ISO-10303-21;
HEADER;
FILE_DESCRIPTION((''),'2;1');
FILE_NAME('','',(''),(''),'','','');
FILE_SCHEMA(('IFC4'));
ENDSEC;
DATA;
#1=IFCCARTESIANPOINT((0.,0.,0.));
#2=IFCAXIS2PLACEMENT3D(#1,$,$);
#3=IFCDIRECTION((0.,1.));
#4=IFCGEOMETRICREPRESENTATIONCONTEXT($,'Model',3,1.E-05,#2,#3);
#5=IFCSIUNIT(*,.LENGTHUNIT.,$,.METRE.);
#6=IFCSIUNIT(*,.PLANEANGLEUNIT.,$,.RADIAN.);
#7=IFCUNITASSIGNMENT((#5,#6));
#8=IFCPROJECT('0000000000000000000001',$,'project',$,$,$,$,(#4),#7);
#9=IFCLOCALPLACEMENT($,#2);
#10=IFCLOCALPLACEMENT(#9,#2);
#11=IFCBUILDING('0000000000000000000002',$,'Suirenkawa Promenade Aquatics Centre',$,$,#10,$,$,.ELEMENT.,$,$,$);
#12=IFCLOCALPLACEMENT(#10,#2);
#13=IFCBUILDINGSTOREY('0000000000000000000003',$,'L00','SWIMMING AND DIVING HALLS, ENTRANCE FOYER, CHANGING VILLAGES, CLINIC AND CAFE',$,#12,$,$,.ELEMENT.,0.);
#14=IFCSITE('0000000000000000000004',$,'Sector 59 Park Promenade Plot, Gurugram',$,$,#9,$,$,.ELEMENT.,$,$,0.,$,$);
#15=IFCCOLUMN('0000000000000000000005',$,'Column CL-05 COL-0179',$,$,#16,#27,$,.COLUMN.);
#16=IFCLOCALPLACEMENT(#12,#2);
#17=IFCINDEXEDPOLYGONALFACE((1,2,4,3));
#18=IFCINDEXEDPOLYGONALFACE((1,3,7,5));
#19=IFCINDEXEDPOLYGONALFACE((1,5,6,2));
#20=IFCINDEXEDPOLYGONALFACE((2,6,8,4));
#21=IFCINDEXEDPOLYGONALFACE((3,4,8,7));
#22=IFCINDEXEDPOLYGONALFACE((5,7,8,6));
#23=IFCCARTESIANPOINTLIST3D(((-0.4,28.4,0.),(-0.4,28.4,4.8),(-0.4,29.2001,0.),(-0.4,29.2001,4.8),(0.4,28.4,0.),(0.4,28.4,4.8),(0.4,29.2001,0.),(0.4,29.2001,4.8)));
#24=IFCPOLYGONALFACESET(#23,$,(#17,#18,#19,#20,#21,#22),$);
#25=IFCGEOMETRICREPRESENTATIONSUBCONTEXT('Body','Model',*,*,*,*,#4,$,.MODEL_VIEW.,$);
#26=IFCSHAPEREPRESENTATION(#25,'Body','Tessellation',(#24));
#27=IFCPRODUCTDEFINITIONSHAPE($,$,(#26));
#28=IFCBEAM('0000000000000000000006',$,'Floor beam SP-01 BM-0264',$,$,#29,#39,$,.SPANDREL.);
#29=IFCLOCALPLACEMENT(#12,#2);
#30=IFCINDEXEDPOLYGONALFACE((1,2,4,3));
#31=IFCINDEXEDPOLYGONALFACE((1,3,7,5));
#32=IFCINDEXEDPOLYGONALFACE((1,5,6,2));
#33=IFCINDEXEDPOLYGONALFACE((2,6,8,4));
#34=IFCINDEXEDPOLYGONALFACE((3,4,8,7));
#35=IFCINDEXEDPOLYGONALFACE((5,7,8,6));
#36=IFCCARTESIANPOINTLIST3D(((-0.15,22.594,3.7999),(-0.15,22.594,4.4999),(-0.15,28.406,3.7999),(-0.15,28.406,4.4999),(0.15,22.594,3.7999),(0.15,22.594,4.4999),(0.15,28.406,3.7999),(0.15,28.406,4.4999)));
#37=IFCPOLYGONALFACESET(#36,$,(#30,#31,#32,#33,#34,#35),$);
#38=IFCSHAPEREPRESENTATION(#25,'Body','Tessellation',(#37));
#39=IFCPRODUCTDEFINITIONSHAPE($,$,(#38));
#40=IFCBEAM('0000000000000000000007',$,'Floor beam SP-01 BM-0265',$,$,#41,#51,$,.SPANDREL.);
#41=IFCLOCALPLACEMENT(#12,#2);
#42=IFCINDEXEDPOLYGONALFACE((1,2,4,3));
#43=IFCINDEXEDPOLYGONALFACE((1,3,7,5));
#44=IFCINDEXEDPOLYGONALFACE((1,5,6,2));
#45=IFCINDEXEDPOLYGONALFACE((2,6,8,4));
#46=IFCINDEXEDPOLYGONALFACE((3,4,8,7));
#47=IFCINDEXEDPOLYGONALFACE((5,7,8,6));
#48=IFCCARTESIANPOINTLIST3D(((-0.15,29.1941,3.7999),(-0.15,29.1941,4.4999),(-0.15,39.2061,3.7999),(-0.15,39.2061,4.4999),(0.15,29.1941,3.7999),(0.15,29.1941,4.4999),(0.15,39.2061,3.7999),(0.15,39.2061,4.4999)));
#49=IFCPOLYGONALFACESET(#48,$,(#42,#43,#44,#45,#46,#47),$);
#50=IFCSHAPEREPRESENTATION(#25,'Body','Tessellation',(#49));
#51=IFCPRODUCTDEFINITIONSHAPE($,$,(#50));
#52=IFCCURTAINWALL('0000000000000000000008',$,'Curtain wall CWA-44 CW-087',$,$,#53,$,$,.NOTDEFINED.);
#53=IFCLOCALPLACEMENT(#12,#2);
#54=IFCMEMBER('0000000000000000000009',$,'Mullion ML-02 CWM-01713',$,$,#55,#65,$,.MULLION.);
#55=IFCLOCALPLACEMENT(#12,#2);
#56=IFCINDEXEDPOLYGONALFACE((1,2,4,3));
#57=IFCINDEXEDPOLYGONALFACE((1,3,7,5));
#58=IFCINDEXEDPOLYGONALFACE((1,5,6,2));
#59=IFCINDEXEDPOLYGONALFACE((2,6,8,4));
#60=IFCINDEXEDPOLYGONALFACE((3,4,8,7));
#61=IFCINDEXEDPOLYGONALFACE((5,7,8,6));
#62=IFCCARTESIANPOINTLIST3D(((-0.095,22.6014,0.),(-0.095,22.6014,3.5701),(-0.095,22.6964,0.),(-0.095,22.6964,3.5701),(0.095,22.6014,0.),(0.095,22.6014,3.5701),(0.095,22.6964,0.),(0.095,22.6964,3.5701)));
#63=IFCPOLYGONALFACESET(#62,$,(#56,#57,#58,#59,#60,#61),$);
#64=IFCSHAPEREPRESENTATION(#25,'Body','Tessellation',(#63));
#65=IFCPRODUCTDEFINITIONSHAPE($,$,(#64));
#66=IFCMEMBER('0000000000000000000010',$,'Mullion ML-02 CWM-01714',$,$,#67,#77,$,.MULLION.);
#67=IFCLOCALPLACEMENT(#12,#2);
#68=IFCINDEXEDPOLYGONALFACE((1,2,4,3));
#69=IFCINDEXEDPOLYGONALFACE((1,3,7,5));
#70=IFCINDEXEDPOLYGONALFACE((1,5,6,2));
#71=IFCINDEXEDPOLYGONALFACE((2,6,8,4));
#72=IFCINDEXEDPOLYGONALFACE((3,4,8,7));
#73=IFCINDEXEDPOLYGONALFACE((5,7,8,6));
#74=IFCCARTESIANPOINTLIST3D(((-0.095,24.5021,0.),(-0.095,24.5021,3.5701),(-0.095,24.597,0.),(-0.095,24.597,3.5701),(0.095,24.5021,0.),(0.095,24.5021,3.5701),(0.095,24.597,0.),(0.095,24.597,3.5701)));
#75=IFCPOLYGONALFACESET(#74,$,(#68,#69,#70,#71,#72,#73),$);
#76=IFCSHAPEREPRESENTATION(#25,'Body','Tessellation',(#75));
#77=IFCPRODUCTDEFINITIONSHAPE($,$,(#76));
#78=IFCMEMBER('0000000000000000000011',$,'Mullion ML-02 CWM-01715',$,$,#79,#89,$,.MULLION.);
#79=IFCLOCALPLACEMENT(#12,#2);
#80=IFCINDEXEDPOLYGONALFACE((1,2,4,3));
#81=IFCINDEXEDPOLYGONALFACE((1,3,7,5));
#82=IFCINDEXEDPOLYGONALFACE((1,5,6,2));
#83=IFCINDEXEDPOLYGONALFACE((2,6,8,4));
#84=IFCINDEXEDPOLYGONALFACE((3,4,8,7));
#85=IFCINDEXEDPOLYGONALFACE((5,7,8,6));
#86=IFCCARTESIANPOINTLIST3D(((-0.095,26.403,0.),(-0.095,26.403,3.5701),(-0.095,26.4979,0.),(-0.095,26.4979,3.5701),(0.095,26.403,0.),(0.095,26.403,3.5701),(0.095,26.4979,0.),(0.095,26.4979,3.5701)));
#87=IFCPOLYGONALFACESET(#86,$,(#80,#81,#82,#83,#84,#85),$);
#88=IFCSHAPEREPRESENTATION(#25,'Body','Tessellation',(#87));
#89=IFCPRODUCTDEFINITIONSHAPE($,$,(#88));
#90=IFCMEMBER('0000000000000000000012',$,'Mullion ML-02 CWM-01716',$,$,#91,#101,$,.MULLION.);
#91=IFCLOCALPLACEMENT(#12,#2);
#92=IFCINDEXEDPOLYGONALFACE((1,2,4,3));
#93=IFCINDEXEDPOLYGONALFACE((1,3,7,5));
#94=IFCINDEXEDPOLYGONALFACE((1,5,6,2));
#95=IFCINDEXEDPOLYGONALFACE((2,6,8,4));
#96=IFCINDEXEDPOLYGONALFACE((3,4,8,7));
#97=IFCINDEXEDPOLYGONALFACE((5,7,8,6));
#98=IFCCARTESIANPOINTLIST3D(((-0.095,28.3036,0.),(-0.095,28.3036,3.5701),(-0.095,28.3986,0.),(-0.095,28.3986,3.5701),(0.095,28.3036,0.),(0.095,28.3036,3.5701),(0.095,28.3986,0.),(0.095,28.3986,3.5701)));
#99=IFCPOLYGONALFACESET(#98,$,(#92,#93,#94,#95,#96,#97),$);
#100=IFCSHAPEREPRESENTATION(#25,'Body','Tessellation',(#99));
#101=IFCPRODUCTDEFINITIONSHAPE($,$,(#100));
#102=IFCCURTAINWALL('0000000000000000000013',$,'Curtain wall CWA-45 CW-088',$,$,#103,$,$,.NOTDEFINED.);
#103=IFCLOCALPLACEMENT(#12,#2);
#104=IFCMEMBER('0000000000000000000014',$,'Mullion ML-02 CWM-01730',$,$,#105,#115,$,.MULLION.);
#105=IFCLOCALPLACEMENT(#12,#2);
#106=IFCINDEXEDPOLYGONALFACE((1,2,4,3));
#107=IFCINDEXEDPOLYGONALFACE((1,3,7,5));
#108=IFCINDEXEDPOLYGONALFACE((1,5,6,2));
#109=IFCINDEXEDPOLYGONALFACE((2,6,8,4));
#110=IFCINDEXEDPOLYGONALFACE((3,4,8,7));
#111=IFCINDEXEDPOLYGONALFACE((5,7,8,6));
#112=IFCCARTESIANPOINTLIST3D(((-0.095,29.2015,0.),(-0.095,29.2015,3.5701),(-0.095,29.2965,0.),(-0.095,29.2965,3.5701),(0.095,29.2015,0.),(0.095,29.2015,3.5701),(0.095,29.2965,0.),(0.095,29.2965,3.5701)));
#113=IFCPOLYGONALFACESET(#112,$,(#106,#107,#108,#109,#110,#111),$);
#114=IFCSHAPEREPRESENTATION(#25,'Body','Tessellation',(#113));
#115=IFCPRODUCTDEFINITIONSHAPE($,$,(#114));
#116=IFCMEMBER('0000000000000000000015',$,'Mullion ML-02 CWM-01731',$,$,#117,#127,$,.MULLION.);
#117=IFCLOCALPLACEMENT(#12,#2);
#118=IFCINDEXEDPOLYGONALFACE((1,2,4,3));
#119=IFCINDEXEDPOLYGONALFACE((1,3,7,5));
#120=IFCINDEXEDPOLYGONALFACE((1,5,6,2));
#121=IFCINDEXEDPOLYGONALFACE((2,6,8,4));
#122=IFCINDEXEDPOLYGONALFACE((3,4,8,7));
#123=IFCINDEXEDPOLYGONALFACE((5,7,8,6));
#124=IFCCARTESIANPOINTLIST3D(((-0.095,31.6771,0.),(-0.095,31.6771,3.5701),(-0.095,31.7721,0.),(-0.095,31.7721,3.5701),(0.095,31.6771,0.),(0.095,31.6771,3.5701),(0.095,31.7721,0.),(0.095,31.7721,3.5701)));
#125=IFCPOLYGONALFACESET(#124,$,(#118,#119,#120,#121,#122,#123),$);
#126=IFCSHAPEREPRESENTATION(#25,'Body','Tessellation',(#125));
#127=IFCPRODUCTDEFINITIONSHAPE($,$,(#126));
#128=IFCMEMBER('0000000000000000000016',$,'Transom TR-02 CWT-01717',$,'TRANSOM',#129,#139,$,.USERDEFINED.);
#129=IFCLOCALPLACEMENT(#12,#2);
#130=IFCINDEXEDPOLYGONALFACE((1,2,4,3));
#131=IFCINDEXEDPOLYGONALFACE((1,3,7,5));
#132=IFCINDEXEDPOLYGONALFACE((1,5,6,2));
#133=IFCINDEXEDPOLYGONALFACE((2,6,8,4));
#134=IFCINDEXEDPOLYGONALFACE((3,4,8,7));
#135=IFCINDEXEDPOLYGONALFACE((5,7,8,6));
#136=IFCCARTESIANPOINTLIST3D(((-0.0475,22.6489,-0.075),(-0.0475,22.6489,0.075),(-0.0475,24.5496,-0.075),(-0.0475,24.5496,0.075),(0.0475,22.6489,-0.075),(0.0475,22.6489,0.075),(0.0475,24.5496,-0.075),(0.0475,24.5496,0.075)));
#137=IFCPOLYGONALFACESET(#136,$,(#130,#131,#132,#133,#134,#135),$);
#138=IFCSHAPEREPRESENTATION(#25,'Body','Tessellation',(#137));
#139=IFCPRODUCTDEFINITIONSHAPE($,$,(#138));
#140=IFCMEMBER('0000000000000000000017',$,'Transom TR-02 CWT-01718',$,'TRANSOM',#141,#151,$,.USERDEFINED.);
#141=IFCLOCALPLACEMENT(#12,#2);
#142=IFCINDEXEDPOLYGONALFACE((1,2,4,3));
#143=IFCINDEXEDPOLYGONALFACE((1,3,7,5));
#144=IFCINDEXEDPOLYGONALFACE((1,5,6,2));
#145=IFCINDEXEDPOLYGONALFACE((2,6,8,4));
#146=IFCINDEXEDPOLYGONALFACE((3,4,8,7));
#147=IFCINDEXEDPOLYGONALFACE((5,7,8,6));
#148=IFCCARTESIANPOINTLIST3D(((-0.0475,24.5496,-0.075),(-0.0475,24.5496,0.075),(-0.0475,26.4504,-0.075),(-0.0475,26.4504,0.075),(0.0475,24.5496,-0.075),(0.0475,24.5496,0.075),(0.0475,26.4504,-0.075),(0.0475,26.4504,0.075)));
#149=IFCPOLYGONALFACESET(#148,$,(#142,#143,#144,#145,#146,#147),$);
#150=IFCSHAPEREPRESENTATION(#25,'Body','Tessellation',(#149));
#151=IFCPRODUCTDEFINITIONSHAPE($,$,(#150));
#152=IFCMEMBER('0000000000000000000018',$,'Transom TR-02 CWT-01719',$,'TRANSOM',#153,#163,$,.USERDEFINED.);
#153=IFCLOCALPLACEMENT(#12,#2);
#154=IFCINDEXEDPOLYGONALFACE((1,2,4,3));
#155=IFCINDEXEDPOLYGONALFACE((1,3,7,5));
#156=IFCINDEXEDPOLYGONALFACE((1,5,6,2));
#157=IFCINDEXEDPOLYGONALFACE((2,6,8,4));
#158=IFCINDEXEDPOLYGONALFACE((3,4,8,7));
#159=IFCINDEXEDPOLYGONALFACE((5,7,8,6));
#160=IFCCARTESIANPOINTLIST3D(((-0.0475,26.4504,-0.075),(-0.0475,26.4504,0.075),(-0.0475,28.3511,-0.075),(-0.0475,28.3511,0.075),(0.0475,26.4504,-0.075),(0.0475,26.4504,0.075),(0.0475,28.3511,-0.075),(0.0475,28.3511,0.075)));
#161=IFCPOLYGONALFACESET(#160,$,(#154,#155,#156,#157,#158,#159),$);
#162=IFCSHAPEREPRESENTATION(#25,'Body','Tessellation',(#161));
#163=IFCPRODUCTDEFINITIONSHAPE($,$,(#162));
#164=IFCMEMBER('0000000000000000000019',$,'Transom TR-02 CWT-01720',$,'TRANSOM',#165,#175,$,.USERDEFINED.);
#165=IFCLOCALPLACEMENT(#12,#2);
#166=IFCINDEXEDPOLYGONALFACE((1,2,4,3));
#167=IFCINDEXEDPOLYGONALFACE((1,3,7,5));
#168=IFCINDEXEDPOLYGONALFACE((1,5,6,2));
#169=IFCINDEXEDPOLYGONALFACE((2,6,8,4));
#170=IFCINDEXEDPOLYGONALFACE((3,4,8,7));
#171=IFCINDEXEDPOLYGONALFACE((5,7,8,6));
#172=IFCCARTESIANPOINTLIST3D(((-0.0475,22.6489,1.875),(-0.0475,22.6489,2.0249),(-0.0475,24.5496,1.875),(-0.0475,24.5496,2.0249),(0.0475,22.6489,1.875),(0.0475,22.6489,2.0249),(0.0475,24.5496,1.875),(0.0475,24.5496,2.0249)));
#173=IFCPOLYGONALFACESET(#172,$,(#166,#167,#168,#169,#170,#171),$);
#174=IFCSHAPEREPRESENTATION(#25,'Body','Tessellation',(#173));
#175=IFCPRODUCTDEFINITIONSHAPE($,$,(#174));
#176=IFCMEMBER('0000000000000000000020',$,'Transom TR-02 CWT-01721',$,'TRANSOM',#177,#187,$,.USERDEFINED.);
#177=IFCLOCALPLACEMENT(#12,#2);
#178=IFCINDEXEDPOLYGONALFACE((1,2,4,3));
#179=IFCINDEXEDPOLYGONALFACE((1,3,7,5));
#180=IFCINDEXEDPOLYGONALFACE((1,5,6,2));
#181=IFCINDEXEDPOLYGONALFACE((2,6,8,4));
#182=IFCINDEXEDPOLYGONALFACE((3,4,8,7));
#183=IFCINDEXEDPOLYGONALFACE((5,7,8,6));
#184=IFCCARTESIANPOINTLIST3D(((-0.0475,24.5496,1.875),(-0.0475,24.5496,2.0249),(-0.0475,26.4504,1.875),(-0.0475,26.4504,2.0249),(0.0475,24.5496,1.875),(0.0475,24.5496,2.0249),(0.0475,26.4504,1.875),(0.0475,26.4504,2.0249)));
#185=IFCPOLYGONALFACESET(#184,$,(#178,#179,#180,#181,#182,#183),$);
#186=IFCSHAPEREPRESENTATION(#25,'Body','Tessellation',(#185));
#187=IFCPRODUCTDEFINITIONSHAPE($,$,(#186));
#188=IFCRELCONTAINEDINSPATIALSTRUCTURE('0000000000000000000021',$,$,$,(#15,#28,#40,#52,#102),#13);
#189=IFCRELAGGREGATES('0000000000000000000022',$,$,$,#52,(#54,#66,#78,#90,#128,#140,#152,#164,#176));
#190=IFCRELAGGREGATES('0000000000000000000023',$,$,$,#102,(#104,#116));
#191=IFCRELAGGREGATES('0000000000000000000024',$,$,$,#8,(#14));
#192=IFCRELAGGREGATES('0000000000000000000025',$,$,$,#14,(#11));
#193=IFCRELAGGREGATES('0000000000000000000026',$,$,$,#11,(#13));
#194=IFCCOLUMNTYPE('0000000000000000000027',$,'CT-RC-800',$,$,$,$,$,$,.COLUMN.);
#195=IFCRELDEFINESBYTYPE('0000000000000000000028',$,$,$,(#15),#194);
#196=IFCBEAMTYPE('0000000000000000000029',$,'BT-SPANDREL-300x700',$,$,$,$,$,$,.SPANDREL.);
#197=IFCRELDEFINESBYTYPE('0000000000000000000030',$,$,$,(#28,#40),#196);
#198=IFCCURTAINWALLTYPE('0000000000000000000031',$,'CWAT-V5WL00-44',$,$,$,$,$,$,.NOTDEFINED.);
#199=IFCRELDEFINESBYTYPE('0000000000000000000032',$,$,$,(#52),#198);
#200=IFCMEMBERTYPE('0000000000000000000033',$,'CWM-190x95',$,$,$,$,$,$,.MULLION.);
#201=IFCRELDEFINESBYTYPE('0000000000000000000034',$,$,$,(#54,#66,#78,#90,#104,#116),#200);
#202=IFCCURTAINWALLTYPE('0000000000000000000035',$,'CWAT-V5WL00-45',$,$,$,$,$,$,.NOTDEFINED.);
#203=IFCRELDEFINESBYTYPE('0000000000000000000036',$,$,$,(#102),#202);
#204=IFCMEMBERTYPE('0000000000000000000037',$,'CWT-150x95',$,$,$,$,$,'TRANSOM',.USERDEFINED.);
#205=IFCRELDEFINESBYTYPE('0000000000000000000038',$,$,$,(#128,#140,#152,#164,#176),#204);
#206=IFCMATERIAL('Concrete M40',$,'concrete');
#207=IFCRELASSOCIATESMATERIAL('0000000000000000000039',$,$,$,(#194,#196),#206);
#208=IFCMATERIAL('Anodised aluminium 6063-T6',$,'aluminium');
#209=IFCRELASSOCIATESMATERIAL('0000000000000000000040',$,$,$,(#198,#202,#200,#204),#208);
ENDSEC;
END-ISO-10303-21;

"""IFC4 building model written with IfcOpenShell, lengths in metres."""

from ifc_helpers import new_model, si_unit, direction, frame, origin, origin_2d, place, context, subcontext, project, spatial, rectangle, extrude, material, material_profile, profile_set, type_object, element, aggregate, save


model = new_model("IFC4")

# Units and contexts
model_context = context("Model", 3, precision=1e-05, world=origin(), true_north=direction((0.0, 1.0)))
body_context = subcontext(model_context, "Body", "Model", "MODEL_VIEW")
ifc_project = project(units=[si_unit("LENGTHUNIT", "METRE"), si_unit("PLANEANGLEUNIT", "RADIAN")], contexts=[model_context])

# Site, building, storey
site_placement = place(None, origin())
site = spatial("IfcSite", under=ifc_project, at=site_placement, Name="Sector 59 Park Promenade Plot, Gurugram", CompositionType="ELEMENT", RefElevation=0.0)
building_placement = place(site_placement, origin())
building = spatial("IfcBuilding", under=site, at=building_placement, Name="Suirenkawa Promenade Aquatics Centre", CompositionType="ELEMENT")
storey_placement = place(building_placement, origin())
storey = spatial("IfcBuildingStorey", under=building, at=storey_placement, Name="L00", Description="SWIMMING AND DIVING HALLS, ENTRANCE FOYER, CHANGING VILLAGES, CLINIC AND CAFE", CompositionType="ELEMENT", Elevation=0.0)

# Column
ifc_material_1 = material(Name="Concrete M40", Category="concrete")
ifc_material_profile_1 = material_profile(ifc_material_1, rectangle(XDim=0.8, YDim=0.8, at=origin_2d()), Name="RC COL 800x800", Category="concrete")
ifc_profile_set_1 = profile_set([ifc_material_profile_1], Name="Concrete M40")
column_type = type_object("IfcColumnType", Name="CT-RC-800", PredefinedType="COLUMN", material=ifc_profile_set_1)
column_placement = place(storey_placement, frame((0.0, 28.8, 0.0), z_axis=(0.0, 0.0, 1.0), x_axis=(1.0, 0.0, 0.0)))
element("IfcColumn", 1, at=column_placement, inside=storey, type_object=column_type, Name="Column CL-05 COL-0179", PredefinedType="COLUMN", context=body_context, shape_type="SweptSolid", body=[
    extrude(rectangle(XDim=0.8, YDim=0.8, at=origin_2d()), origin(), (0.0, 0.0, 1.0), 4.8),
])

# Beams
ifc_material_profile_2 = material_profile(ifc_material_1, rectangle(XDim=0.3, YDim=0.7, at=origin_2d()), Name="RC SPANDREL 300x700", Category="concrete")
ifc_profile_set_2 = profile_set([ifc_material_profile_2], Name="Concrete M40")
beam_type = type_object("IfcBeamType", Name="BT-SPANDREL-300x700", PredefinedType="SPANDREL", material=ifc_profile_set_2)
beam_1_placement = place(storey_placement, frame((0.0, 22.594, 4.1499), z_axis=(0.0, 1.0, 0.0), x_axis=(-1.0, 0.0, 0.0)))
element("IfcBeam", 2, at=beam_1_placement, inside=storey, type_object=beam_type, Name="Floor beam SP-01 BM-0264", PredefinedType="SPANDREL", context=body_context, shape_type="SweptSolid", body=[
    extrude(rectangle(XDim=0.3, YDim=0.7, at=origin_2d()), origin(), (0.0, 0.0, 1.0), 5.812),
])
beam_2_placement = place(storey_placement, frame((0.0, 29.1941, 4.1499), z_axis=(0.0, 1.0, 0.0), x_axis=(-1.0, 0.0, 0.0)))
element("IfcBeam", 3, at=beam_2_placement, inside=storey, type_object=beam_type, Name="Floor beam SP-01 BM-0265", PredefinedType="SPANDREL", context=body_context, shape_type="SweptSolid", body=[
    extrude(rectangle(XDim=0.3, YDim=0.7, at=origin_2d()), origin(), (0.0, 0.0, 1.0), 10.012),
])

# Curtain walls, members
ifc_material_2 = material(Name="Anodised aluminium 6063-T6", Category="aluminium")
curtain_wall_type_1 = type_object("IfcCurtainWallType", Name="CWAT-V5WL00-44", PredefinedType="NOTDEFINED", material=ifc_material_2)
curtain_wall_1_placement = place(storey_placement, origin())
curtain_wall_1 = element("IfcCurtainWall", 4, at=curtain_wall_1_placement, inside=storey, type_object=curtain_wall_type_1, Name="Curtain wall CWA-44 CW-087", PredefinedType="NOTDEFINED")
ifc_material_profile_3 = material_profile(ifc_material_2, rectangle(XDim=0.095, YDim=0.1899, at=origin_2d()), Name="ALU MULL 95x190", Category="aluminium")
ifc_profile_set_3 = profile_set([ifc_material_profile_3], Name="Anodised aluminium 6063-T6")
member_type_1 = type_object("IfcMemberType", Name="CWM-190x95", PredefinedType="MULLION", material=ifc_profile_set_3)
member_1_placement = place(storey_placement, frame((0.0, 22.6489, 0.0), z_axis=(0.0, 0.0, 1.0), x_axis=(0.0, 1.0, 0.0)))
member_1 = element("IfcMember", 5, at=member_1_placement, type_object=member_type_1, Name="Mullion ML-02 CWM-01713", PredefinedType="MULLION", context=body_context, shape_type="SweptSolid", body=[
    extrude(rectangle(XDim=0.095, YDim=0.1899, at=origin_2d()), origin(), (0.0, 0.0, 1.0), 3.5701),
])
member_2_placement = place(storey_placement, frame((0.0, 24.5496, 0.0), z_axis=(0.0, 0.0, 1.0), x_axis=(0.0, 1.0, 0.0)))
member_2 = element("IfcMember", 6, at=member_2_placement, type_object=member_type_1, Name="Mullion ML-02 CWM-01714", PredefinedType="MULLION", context=body_context, shape_type="SweptSolid", body=[
    extrude(rectangle(XDim=0.095, YDim=0.1899, at=origin_2d()), origin(), (0.0, 0.0, 1.0), 3.5701),
])
member_3_placement = place(storey_placement, frame((0.0, 26.4504, 0.0), z_axis=(0.0, 0.0, 1.0), x_axis=(0.0, 1.0, 0.0)))
member_3 = element("IfcMember", 7, at=member_3_placement, type_object=member_type_1, Name="Mullion ML-02 CWM-01715", PredefinedType="MULLION", context=body_context, shape_type="SweptSolid", body=[
    extrude(rectangle(XDim=0.095, YDim=0.1899, at=origin_2d()), origin(), (0.0, 0.0, 1.0), 3.5701),
])
member_4_placement = place(storey_placement, frame((0.0, 28.3511, 0.0), z_axis=(0.0, 0.0, 1.0), x_axis=(0.0, 1.0, 0.0)))
member_4 = element("IfcMember", 8, at=member_4_placement, type_object=member_type_1, Name="Mullion ML-02 CWM-01716", PredefinedType="MULLION", context=body_context, shape_type="SweptSolid", body=[
    extrude(rectangle(XDim=0.095, YDim=0.1899, at=origin_2d()), origin(), (0.0, 0.0, 1.0), 3.5701),
])
curtain_wall_type_2 = type_object("IfcCurtainWallType", Name="CWAT-V5WL00-45", PredefinedType="NOTDEFINED", material=ifc_material_2)
curtain_wall_2_placement = place(storey_placement, origin())
curtain_wall_2 = element("IfcCurtainWall", 9, at=curtain_wall_2_placement, inside=storey, type_object=curtain_wall_type_2, Name="Curtain wall CWA-45 CW-088", PredefinedType="NOTDEFINED")
member_5_placement = place(storey_placement, frame((0.0, 29.249, 0.0), z_axis=(0.0, 0.0, 1.0), x_axis=(0.0, 1.0, 0.0)))
member_5 = element("IfcMember", 10, at=member_5_placement, type_object=member_type_1, Name="Mullion ML-02 CWM-01730", PredefinedType="MULLION", context=body_context, shape_type="SweptSolid", body=[
    extrude(rectangle(XDim=0.095, YDim=0.1899, at=origin_2d()), origin(), (0.0, 0.0, 1.0), 3.5701),
])
member_6_placement = place(storey_placement, frame((0.0, 31.7246, 0.0), z_axis=(0.0, 0.0, 1.0), x_axis=(0.0, 1.0, 0.0)))
member_6 = element("IfcMember", 11, at=member_6_placement, type_object=member_type_1, Name="Mullion ML-02 CWM-01731", PredefinedType="MULLION", context=body_context, shape_type="SweptSolid", body=[
    extrude(rectangle(XDim=0.095, YDim=0.1899, at=origin_2d()), origin(), (0.0, 0.0, 1.0), 3.5701),
])

# Members
ifc_material_profile_4 = material_profile(ifc_material_2, rectangle(XDim=0.095, YDim=0.1499, at=origin_2d()), Name="ALU TRAN 95x150", Category="aluminium")
ifc_profile_set_4 = profile_set([ifc_material_profile_4], Name="Anodised aluminium 6063-T6")
member_type_2 = type_object("IfcMemberType", Name="CWT-150x95", ElementType="TRANSOM", PredefinedType="USERDEFINED", material=ifc_profile_set_4)
member_7_placement = place(storey_placement, frame((0.0, 22.6489, 0.0), z_axis=(0.0, 1.0, 0.0), x_axis=(-1.0, 0.0, 0.0)))
member_7 = element("IfcMember", 12, at=member_7_placement, type_object=member_type_2, Name="Transom TR-02 CWT-01717", ObjectType="TRANSOM", PredefinedType="USERDEFINED", context=body_context, shape_type="SweptSolid", body=[
    extrude(rectangle(XDim=0.095, YDim=0.1499, at=origin_2d()), origin(), (0.0, 0.0, 1.0), 1.9006),
])
member_8_placement = place(storey_placement, frame((0.0, 24.5496, 0.0), z_axis=(0.0, 1.0, 0.0), x_axis=(-1.0, 0.0, 0.0)))
member_8 = element("IfcMember", 13, at=member_8_placement, type_object=member_type_2, Name="Transom TR-02 CWT-01718", ObjectType="TRANSOM", PredefinedType="USERDEFINED", context=body_context, shape_type="SweptSolid", body=[
    extrude(rectangle(XDim=0.095, YDim=0.1499, at=origin_2d()), origin(), (0.0, 0.0, 1.0), 1.9009),
])
member_9_placement = place(storey_placement, frame((0.0, 26.4504, 0.0), z_axis=(0.0, 1.0, 0.0), x_axis=(-1.0, 0.0, 0.0)))
member_9 = element("IfcMember", 14, at=member_9_placement, type_object=member_type_2, Name="Transom TR-02 CWT-01719", ObjectType="TRANSOM", PredefinedType="USERDEFINED", context=body_context, shape_type="SweptSolid", body=[
    extrude(rectangle(XDim=0.095, YDim=0.1499, at=origin_2d()), origin(), (0.0, 0.0, 1.0), 1.9006),
])
member_10_placement = place(storey_placement, frame((0.0, 22.6489, 1.95), z_axis=(0.0, 1.0, 0.0), x_axis=(-1.0, 0.0, 0.0)))
member_10 = element("IfcMember", 15, at=member_10_placement, type_object=member_type_2, Name="Transom TR-02 CWT-01720", ObjectType="TRANSOM", PredefinedType="USERDEFINED", context=body_context, shape_type="SweptSolid", body=[
    extrude(rectangle(XDim=0.095, YDim=0.1499, at=origin_2d()), origin(), (0.0, 0.0, 1.0), 1.9006),
])
member_11_placement = place(storey_placement, frame((0.0, 24.5496, 1.95), z_axis=(0.0, 1.0, 0.0), x_axis=(-1.0, 0.0, 0.0)))
member_11 = element("IfcMember", 16, at=member_11_placement, type_object=member_type_2, Name="Transom TR-02 CWT-01721", ObjectType="TRANSOM", PredefinedType="USERDEFINED", context=body_context, shape_type="SweptSolid", body=[
    extrude(rectangle(XDim=0.095, YDim=0.1499, at=origin_2d()), origin(), (0.0, 0.0, 1.0), 1.9009),
])

aggregate(curtain_wall_1, [member_1, member_2, member_3, member_4, member_7, member_8, member_9, member_10, member_11])
aggregate(curtain_wall_2, [member_5, member_6])

save(model, "model.ifc")
